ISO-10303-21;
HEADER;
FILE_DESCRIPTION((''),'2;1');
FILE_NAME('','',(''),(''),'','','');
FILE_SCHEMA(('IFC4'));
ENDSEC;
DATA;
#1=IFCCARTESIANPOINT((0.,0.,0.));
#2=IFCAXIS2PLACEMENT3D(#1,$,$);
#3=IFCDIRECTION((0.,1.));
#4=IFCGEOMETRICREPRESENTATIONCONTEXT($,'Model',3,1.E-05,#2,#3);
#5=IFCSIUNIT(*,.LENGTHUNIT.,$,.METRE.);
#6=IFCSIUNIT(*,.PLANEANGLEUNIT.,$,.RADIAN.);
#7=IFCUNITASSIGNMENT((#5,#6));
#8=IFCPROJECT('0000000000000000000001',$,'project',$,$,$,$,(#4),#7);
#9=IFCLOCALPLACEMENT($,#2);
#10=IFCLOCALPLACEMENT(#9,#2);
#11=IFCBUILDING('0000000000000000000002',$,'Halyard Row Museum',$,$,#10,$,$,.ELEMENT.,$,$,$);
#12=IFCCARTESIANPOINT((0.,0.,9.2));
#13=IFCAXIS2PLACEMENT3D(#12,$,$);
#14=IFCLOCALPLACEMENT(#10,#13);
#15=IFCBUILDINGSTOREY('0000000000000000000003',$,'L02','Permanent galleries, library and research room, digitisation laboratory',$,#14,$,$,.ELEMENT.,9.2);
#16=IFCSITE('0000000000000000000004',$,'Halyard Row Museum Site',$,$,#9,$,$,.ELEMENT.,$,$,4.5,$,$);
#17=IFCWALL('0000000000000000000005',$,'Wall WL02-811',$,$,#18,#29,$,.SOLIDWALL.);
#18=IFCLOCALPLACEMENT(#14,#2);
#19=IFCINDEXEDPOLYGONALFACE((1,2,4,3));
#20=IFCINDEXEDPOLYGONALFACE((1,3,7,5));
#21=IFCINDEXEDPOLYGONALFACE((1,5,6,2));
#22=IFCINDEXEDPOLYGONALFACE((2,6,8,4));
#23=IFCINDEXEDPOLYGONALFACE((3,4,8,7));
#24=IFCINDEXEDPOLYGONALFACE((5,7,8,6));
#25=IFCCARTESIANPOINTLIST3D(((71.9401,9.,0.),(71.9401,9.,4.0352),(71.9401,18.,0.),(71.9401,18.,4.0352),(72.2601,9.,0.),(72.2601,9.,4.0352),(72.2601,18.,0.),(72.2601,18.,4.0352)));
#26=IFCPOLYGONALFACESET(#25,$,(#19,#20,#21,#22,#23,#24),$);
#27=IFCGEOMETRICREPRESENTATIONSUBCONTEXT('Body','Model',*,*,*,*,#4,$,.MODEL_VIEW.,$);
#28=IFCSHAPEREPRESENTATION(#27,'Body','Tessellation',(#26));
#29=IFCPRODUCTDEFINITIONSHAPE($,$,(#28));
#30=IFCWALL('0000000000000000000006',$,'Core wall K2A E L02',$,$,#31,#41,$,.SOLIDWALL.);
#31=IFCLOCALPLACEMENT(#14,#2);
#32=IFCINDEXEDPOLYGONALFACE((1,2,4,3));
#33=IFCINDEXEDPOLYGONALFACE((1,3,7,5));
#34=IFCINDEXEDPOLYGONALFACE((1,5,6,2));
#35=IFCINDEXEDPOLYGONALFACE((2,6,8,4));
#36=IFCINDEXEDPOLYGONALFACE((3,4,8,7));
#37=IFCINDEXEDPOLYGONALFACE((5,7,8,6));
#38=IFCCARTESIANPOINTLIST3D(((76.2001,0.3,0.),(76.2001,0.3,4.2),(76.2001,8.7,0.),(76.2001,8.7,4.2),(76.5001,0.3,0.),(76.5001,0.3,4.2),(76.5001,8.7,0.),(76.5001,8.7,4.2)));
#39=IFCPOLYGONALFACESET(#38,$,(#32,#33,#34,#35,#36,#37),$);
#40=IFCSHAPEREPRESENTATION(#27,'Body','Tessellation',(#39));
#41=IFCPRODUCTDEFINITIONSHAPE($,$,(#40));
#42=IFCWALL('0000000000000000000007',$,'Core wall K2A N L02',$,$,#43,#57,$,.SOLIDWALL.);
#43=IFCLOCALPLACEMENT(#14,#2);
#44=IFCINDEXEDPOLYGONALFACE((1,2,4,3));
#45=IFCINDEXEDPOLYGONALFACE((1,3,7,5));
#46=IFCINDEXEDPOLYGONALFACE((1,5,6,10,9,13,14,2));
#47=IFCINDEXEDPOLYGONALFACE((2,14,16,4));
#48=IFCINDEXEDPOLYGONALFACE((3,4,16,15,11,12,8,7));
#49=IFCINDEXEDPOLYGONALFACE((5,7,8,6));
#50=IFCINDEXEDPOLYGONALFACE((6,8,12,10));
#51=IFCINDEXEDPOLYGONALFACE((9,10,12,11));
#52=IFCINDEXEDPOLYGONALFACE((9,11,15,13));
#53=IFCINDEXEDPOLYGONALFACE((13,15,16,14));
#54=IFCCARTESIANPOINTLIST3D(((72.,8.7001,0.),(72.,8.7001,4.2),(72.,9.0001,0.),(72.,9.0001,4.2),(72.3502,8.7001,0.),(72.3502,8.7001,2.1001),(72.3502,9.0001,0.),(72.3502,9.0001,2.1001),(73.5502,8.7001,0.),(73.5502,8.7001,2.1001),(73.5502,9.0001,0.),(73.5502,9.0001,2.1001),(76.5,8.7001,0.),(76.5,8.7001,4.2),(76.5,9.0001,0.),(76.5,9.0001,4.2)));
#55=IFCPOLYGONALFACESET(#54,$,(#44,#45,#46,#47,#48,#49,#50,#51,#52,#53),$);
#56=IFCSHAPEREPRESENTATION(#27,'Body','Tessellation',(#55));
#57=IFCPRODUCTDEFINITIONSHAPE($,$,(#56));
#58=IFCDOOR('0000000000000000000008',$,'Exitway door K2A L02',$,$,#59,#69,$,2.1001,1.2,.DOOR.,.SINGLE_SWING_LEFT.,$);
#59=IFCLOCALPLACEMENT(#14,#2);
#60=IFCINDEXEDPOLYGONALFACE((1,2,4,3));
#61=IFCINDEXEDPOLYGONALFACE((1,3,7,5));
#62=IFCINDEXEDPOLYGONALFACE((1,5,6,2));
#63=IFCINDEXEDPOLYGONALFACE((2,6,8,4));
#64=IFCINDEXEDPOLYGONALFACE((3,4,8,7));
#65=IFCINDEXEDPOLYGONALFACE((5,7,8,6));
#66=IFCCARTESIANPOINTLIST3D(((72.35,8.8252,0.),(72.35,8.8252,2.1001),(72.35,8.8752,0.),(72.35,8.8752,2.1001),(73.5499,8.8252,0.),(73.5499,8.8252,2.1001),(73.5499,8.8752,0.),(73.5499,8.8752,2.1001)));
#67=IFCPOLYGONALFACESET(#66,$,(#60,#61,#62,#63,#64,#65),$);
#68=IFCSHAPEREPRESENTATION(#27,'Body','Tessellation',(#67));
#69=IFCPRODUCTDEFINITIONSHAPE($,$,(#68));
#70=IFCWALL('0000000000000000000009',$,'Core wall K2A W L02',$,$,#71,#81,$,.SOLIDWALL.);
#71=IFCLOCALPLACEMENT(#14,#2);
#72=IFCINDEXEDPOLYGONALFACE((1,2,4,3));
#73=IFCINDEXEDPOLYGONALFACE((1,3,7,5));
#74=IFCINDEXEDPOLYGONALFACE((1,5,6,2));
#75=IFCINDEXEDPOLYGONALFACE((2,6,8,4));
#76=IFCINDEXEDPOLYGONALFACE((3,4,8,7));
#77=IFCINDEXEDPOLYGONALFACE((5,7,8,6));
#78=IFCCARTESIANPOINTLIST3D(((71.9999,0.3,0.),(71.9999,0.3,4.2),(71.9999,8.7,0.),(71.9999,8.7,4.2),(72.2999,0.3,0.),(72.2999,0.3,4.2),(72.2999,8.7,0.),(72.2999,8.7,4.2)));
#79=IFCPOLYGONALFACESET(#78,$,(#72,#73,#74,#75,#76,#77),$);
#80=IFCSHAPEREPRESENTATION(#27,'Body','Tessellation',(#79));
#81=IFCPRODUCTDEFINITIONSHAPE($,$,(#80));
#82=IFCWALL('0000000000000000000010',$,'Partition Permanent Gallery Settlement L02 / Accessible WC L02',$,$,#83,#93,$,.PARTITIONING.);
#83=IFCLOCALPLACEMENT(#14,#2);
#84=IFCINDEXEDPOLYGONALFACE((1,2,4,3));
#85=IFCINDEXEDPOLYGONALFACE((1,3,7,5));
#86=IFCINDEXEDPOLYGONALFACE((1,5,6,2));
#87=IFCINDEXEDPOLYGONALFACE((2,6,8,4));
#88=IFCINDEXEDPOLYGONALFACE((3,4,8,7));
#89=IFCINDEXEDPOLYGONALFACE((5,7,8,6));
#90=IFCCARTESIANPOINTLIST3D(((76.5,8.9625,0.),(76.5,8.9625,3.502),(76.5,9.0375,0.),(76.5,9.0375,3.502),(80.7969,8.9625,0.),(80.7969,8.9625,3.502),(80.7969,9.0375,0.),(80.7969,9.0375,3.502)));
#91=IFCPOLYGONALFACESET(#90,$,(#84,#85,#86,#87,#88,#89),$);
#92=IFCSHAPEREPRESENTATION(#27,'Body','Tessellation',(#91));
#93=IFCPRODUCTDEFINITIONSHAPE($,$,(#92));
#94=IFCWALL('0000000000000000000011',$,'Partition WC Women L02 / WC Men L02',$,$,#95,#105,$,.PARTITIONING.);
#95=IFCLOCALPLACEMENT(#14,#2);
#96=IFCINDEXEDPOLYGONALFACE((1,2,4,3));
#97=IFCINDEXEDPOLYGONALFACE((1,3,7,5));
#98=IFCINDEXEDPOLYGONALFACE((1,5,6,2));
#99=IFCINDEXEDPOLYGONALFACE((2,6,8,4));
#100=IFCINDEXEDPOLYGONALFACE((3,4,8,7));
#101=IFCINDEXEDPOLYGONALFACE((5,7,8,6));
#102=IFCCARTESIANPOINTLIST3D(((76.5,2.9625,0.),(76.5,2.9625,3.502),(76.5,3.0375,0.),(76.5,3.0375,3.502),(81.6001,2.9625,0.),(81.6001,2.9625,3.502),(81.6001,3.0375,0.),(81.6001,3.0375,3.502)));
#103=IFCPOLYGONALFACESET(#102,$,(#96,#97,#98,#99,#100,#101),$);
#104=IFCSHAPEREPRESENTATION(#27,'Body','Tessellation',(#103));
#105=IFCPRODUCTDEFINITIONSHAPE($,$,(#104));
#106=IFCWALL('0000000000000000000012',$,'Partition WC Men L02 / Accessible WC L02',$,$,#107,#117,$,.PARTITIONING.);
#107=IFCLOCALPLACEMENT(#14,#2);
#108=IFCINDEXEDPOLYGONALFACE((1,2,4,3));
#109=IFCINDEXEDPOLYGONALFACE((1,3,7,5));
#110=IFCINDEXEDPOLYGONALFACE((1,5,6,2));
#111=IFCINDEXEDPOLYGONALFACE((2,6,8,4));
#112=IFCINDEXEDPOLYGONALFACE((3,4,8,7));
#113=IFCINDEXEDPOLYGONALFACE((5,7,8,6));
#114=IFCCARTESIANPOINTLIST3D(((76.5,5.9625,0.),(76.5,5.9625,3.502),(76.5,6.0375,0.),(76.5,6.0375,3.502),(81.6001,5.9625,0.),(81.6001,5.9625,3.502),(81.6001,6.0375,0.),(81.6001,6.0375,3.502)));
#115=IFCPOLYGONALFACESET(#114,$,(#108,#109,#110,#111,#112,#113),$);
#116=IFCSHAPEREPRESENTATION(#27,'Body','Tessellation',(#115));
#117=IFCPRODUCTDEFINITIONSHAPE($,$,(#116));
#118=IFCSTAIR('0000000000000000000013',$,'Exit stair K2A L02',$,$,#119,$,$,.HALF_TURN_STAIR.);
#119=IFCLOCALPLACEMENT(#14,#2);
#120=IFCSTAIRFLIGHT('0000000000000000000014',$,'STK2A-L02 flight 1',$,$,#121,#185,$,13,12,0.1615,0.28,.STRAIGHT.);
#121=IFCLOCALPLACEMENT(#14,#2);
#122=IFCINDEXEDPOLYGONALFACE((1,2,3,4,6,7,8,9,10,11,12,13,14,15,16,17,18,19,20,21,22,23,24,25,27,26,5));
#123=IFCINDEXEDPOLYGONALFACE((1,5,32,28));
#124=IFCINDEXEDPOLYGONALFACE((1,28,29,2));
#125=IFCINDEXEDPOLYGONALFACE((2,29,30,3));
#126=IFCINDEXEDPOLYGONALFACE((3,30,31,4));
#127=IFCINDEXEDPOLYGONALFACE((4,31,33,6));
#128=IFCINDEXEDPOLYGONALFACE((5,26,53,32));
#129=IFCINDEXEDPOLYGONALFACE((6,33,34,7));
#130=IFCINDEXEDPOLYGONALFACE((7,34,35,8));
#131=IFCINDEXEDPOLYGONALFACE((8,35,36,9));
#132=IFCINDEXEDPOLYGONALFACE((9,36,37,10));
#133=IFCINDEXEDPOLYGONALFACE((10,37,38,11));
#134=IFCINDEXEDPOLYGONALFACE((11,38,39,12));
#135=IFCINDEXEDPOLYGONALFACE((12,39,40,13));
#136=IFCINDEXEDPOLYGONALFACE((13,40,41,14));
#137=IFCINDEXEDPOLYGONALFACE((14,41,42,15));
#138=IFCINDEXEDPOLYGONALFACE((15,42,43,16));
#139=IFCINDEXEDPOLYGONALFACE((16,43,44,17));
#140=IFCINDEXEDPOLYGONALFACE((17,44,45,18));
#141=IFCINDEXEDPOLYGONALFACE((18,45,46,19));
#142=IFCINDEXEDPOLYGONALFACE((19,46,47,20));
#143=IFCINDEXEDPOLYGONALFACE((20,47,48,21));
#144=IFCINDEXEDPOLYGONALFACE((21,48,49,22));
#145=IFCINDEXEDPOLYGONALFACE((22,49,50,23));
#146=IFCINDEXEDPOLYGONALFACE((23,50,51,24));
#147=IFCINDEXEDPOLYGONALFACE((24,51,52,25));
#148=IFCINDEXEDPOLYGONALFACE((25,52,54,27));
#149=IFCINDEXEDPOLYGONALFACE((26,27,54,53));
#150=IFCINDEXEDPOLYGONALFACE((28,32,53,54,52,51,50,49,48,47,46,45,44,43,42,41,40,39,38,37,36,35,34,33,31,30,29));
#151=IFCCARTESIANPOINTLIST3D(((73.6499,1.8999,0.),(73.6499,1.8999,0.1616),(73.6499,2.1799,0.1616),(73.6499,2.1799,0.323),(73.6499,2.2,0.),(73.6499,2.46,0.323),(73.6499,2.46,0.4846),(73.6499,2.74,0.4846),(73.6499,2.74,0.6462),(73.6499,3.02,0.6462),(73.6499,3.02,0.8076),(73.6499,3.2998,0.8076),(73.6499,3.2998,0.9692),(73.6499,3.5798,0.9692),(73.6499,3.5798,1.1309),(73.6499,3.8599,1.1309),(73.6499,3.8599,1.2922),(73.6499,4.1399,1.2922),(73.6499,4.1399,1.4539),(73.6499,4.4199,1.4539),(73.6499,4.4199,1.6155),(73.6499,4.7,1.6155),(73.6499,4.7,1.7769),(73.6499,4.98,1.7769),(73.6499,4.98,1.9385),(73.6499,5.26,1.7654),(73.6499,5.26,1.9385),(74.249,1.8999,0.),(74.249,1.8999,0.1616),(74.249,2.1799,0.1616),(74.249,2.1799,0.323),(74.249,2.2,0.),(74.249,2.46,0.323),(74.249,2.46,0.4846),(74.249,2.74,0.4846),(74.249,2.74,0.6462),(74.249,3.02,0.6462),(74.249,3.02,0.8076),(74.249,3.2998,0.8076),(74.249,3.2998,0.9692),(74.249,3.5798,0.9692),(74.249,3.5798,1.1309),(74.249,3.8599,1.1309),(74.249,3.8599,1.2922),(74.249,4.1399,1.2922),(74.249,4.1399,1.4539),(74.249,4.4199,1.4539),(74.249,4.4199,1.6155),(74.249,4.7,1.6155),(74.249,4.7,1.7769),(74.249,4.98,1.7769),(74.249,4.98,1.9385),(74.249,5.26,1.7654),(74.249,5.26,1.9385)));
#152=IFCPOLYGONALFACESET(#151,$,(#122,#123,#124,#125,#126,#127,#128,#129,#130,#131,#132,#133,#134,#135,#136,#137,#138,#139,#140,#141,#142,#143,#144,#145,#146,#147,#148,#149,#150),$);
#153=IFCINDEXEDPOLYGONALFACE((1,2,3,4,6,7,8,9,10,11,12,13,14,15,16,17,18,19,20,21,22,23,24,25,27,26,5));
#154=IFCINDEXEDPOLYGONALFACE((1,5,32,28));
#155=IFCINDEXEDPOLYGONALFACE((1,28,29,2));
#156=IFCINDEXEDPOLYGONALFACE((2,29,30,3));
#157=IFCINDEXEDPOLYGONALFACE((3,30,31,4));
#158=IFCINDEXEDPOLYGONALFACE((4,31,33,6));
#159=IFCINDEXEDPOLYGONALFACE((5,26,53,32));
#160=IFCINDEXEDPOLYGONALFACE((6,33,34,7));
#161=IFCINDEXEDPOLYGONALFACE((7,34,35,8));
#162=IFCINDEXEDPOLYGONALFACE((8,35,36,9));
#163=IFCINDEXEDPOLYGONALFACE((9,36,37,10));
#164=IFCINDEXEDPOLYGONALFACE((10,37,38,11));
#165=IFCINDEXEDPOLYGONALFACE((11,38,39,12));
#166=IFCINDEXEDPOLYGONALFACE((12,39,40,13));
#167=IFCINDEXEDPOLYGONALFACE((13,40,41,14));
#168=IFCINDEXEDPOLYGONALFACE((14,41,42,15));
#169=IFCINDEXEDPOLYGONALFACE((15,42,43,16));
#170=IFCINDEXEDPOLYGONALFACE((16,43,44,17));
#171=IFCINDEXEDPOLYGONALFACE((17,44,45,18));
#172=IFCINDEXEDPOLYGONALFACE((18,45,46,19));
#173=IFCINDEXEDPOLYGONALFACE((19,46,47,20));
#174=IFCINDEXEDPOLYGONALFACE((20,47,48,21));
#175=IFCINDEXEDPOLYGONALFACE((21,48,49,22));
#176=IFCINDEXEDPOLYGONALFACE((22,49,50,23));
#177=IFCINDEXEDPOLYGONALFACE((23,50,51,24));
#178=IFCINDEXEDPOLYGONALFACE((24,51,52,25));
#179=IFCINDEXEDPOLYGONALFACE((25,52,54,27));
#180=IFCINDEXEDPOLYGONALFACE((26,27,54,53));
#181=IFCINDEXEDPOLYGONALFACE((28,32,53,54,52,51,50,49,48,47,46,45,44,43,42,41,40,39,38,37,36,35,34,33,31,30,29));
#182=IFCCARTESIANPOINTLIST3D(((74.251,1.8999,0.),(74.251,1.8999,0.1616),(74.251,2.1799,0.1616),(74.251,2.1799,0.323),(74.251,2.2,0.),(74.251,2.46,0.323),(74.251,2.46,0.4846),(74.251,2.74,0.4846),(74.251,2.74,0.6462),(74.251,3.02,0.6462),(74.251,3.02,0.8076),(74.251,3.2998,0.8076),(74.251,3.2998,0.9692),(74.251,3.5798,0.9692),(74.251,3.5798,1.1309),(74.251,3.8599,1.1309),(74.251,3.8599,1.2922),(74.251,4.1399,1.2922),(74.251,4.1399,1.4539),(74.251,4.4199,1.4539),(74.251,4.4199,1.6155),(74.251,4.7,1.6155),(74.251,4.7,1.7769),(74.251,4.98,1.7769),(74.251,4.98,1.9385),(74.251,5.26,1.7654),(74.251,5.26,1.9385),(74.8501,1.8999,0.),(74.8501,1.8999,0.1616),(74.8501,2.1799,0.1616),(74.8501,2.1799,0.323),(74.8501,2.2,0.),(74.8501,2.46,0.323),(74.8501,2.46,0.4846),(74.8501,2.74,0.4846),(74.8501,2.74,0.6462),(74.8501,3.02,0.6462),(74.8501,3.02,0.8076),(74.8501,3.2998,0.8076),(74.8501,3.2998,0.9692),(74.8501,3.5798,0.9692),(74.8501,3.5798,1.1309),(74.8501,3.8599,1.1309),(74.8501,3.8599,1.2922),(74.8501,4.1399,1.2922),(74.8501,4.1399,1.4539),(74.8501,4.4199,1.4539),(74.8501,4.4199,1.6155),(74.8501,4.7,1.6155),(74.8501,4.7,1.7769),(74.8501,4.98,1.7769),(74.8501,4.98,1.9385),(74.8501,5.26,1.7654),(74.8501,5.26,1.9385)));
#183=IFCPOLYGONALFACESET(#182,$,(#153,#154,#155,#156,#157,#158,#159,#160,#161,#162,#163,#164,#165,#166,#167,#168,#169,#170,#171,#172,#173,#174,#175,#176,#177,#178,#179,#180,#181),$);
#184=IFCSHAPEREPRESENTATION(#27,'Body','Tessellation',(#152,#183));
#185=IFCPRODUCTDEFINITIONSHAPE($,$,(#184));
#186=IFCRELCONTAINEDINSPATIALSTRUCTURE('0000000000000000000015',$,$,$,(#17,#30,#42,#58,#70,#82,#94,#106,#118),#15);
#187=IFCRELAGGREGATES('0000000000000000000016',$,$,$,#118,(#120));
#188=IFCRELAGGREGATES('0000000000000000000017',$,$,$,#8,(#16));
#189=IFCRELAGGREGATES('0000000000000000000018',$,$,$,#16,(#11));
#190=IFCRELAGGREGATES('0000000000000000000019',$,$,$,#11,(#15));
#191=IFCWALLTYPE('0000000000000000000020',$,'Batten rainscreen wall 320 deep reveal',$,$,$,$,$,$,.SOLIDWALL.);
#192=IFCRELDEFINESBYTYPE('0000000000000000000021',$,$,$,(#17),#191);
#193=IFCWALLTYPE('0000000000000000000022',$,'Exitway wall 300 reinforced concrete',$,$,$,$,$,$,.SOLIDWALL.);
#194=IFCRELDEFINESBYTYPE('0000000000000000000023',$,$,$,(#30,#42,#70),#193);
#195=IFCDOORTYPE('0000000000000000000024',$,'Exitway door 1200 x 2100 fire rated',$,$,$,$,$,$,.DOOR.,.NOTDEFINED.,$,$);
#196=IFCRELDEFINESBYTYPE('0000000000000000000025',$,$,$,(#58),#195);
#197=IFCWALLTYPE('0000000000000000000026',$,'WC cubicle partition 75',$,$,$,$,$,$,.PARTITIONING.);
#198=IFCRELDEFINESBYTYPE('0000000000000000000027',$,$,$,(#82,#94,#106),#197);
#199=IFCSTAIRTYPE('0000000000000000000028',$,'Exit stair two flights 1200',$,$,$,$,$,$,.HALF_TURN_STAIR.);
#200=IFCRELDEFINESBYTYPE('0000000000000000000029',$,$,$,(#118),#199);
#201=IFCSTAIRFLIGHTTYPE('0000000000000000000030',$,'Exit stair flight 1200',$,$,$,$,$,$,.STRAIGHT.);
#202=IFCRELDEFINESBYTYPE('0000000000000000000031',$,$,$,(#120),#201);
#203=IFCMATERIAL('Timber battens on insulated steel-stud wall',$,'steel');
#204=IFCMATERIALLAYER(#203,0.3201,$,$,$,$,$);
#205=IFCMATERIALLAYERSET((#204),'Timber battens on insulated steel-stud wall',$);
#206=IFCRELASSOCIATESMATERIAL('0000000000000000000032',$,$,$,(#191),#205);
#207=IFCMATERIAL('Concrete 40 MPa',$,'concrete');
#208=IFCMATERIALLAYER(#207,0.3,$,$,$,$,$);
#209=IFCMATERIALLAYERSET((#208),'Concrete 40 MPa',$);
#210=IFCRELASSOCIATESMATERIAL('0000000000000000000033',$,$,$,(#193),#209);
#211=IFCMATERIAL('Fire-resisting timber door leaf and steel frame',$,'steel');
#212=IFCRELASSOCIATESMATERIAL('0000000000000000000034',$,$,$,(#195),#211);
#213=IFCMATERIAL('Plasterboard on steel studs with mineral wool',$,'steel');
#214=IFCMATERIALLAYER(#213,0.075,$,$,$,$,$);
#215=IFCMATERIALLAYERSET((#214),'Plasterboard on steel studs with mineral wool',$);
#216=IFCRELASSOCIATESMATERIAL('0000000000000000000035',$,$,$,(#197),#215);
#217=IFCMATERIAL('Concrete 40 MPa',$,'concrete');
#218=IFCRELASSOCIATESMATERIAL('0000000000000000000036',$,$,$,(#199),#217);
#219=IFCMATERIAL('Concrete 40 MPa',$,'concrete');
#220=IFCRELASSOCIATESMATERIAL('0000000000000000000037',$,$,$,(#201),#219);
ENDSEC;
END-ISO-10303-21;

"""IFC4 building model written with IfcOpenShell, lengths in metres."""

from ifc_helpers import new_model, si_unit, direction, frame, frame_2d, origin, place, context, subcontext, project, spatial, polyline, rectangle, outline, extrude, material, layer, layer_set, type_object, element, fill, aggregate, save


model = new_model("IFC4")

# Units and contexts
model_context = context("Model", 3, precision=1e-05, world=origin(), true_north=direction((0.0, 1.0)))
body_context = subcontext(model_context, "Body", "Model", "MODEL_VIEW")
ifc_project = project(units=[si_unit("LENGTHUNIT", "METRE"), si_unit("PLANEANGLEUNIT", "RADIAN")], contexts=[model_context])

# Site, building, storey
site_placement = place(None, origin())
site = spatial("IfcSite", under=ifc_project, at=site_placement, Name="Halyard Row Museum Site", CompositionType="ELEMENT", RefElevation=4.5)
building_placement = place(site_placement, origin())
building = spatial("IfcBuilding", under=site, at=building_placement, Name="Halyard Row Museum", CompositionType="ELEMENT")
storey_placement = place(building_placement, frame((0.0, 0.0, 9.2)))
storey = spatial("IfcBuildingStorey", under=building, at=storey_placement, Name="L02", Description="Permanent galleries, library and research room, digitisation laboratory", CompositionType="ELEMENT", Elevation=9.2)

# Walls
ifc_material_1 = material(Name="Timber battens on insulated steel-stud wall", Category="steel")
ifc_layer_1 = layer(ifc_material_1, 0.3201)
ifc_layer_set_1 = layer_set([ifc_layer_1], Name="Timber battens on insulated steel-stud wall")
wall_type_1 = type_object("IfcWallType", Name="Batten rainscreen wall 320 deep reveal", PredefinedType="SOLIDWALL", material=ifc_layer_set_1)
wall_1_placement = place(storey_placement, frame((72.1001, 9.0, 0.0), z_axis=(0.0, 0.0, 1.0), x_axis=(0.0, 1.0, 0.0)))
element("IfcWall", 1, at=wall_1_placement, inside=storey, type_object=wall_type_1, Name="Wall WL02-811", PredefinedType="SOLIDWALL", context=body_context, shape_type="SweptSolid", body=[
    extrude(rectangle(XDim=9.0, YDim=0.3201, at=frame_2d((4.5, 0.0))), origin(), (0.0, 0.0, 1.0), 4.0352),
])
ifc_material_2 = material(Name="Concrete 40 MPa", Category="concrete")
ifc_layer_2 = layer(ifc_material_2, 0.3)
ifc_layer_set_2 = layer_set([ifc_layer_2], Name="Concrete 40 MPa")
wall_type_2 = type_object("IfcWallType", Name="Exitway wall 300 reinforced concrete", PredefinedType="SOLIDWALL", material=ifc_layer_set_2)
wall_2_placement = place(storey_placement, frame((76.3501, 0.3, 0.0), z_axis=(0.0, 0.0, 1.0), x_axis=(0.0, 1.0, 0.0)))
element("IfcWall", 2, at=wall_2_placement, inside=storey, type_object=wall_type_2, Name="Core wall K2A E L02", PredefinedType="SOLIDWALL", context=body_context, shape_type="SweptSolid", body=[
    extrude(rectangle(XDim=8.3999, YDim=0.3, at=frame_2d((4.2, 0.0))), origin(), (0.0, 0.0, 1.0), 4.2),
])

# Wall, opening, door
wall_3_placement = place(storey_placement, frame((72.0, 8.8501, 0.0), z_axis=(0.0, 0.0, 1.0), x_axis=(1.0, 0.0, 0.0)))
wall_3 = element("IfcWall", 3, at=wall_3_placement, inside=storey, type_object=wall_type_2, Name="Core wall K2A N L02", PredefinedType="SOLIDWALL", context=body_context, shape_type="SweptSolid", body=[
    extrude(rectangle(XDim=4.5, YDim=0.3, at=frame_2d((2.25, 0.0))), origin(), (0.0, 0.0, 1.0), 4.2),
])
opening_placement = place(wall_3_placement, frame((0.3501, 0.0, 0.0)))
opening = element("IfcOpeningElement", 4, at=opening_placement, cuts=wall_3, PredefinedType="OPENING", context=body_context, shape_type="SweptSolid", body=[
    extrude(rectangle(XDim=1.2, YDim=2.1001, at=frame_2d((0.6001, 1.05))), frame((0.0, 0.1599, 0.0), z_axis=(0.0, -1.0, 0.0), x_axis=(1.0, 0.0, 0.0)), (0.0, 0.0, 1.0), 0.3201),
])
ifc_material_3 = material(Name="Fire-resisting timber door leaf and steel frame", Category="steel")
door_type = type_object("IfcDoorType", Name="Exitway door 1200 x 2100 fire rated", OperationType="NOTDEFINED", PredefinedType="DOOR", material=ifc_material_3)
door_placement = place(opening_placement, frame((1.2, 0.0, 0.0), z_axis=(0.0, 0.0, 1.0), x_axis=(-1.0, 0.0, 0.0)))
door = element("IfcDoor", 5, at=door_placement, inside=storey, type_object=door_type, Name="Exitway door K2A L02", OperationType="SINGLE_SWING_LEFT", OverallHeight=2.1001, OverallWidth=1.2, PredefinedType="DOOR", context=body_context, shape_type="SweptSolid", body=[
    extrude(rectangle(XDim=1.2, YDim=2.1001, at=frame_2d((0.6001, 1.05))), frame((0.0, 0.0249, 0.0), z_axis=(0.0, -1.0, 0.0), x_axis=(1.0, 0.0, 0.0)), (0.0, 0.0, 1.0), 0.05),
])
fill(opening, door)

# Walls
wall_4_placement = place(storey_placement, frame((72.1499, 0.3, 0.0), z_axis=(0.0, 0.0, 1.0), x_axis=(0.0, 1.0, 0.0)))
element("IfcWall", 6, at=wall_4_placement, inside=storey, type_object=wall_type_2, Name="Core wall K2A W L02", PredefinedType="SOLIDWALL", context=body_context, shape_type="SweptSolid", body=[
    extrude(rectangle(XDim=8.3999, YDim=0.3, at=frame_2d((4.2, 0.0))), origin(), (0.0, 0.0, 1.0), 4.2),
])
ifc_material_4 = material(Name="Plasterboard on steel studs with mineral wool", Category="steel")
ifc_layer_3 = layer(ifc_material_4, 0.075)
ifc_layer_set_3 = layer_set([ifc_layer_3], Name="Plasterboard on steel studs with mineral wool")
wall_type_3 = type_object("IfcWallType", Name="WC cubicle partition 75", PredefinedType="PARTITIONING", material=ifc_layer_set_3)
wall_5_placement = place(storey_placement, frame((76.5, 9.0, 0.0), z_axis=(0.0, 0.0, 1.0), x_axis=(1.0, 0.0, 0.0)))
element("IfcWall", 7, at=wall_5_placement, inside=storey, type_object=wall_type_3, Name="Partition Permanent Gallery Settlement L02 / Accessible WC L02", PredefinedType="PARTITIONING", context=body_context, shape_type="SweptSolid", body=[
    extrude(rectangle(XDim=4.2969, YDim=0.075, at=frame_2d((2.1484, 0.0))), origin(), (0.0, 0.0, 1.0), 3.502),
])
for number, where, z_axis, x_axis, name in (
    (8, (76.5, 3.0, 0.0), (0.0, 0.0, 1.0), (1.0, 0.0, 0.0), "Partition WC Women L02 / WC Men L02"),
    (9, (76.5, 6.0, 0.0), (0.0, 0.0, 1.0), (1.0, 0.0, 0.0), "Partition WC Men L02 / Accessible WC L02"),
):
    element("IfcWall", number, at=place(storey_placement, frame(where, z_axis=z_axis, x_axis=x_axis)), inside=storey, type_object=wall_type_3, Name=name, PredefinedType="PARTITIONING", context=body_context, shape_type="SweptSolid", body=[
        extrude(rectangle(XDim=5.1001, YDim=0.075, at=frame_2d((2.55, 0.0))), origin(), (0.0, 0.0, 1.0), 3.502),
    ])

# Stair, stair flight
ifc_material_5 = material(Name="Concrete 40 MPa", Category="concrete")
stair_type = type_object("IfcStairType", Name="Exit stair two flights 1200", PredefinedType="HALF_TURN_STAIR", material=ifc_material_5)
stair_placement = place(storey_placement, origin())
stair = element("IfcStair", 10, at=stair_placement, inside=storey, type_object=stair_type, Name="Exit stair K2A L02", PredefinedType="HALF_TURN_STAIR")
ifc_material_6 = material(Name="Concrete 40 MPa", Category="concrete")
stair_flight_type = type_object("IfcStairFlightType", Name="Exit stair flight 1200", PredefinedType="STRAIGHT", material=ifc_material_6)
stair_flight_1_placement = place(storey_placement, frame((74.25, 1.8999, 0.0), z_axis=(0.0, 0.0, 1.0), x_axis=(0.0, 1.0, 0.0)))
stair_flight_1 = element("IfcStairFlight", 11, at=stair_flight_1_placement, type_object=stair_flight_type, Name="STK2A-L02 flight 1", NumberOfRisers=13, NumberOfTreads=12, PredefinedType="STRAIGHT", RiserHeight=0.1615, TreadLength=0.28, context=body_context, shape_type="SweptSolid", body=[
    extrude(outline(polyline([(0.0, 0.0), (0.0, 0.1616), (0.28, 0.1616), (0.28, 0.323), (0.5601, 0.323), (0.5601, 0.4846), (0.8401, 0.4846), (0.8401, 0.6462), (1.1201, 0.6462), (1.1201, 0.8076), (1.3999, 0.8076), (1.3999, 0.9692), (1.6799, 0.9692), (1.6799, 1.1309), (1.96, 1.1309), (1.96, 1.2922), (2.24, 1.2922), (2.24, 1.4539), (2.52, 1.4539), (2.52, 1.6155), (2.8, 1.6155), (2.8, 1.7769), (3.0801, 1.7769), (3.0801, 1.9385), (3.3601, 1.9385), (3.3601, 2.1001), (3.3601, 1.7654), (0.3, 0.0), (0.0, 0.0)])), frame((0.0, 0.6001, 0.0), z_axis=(0.0, -1.0, 0.0), x_axis=(1.0, 0.0, 0.0)), (0.0, 0.0, 1.0), 0.5991),
    extrude(outline(polyline([(0.0, 0.0), (0.0, 0.1616), (0.28, 0.1616), (0.28, 0.323), (0.5601, 0.323), (0.5601, 0.4846), (0.8401, 0.4846), (0.8401, 0.6462), (1.1201, 0.6462), (1.1201, 0.8076), (1.3999, 0.8076), (1.3999, 0.9692), (1.6799, 0.9692), (1.6799, 1.1309), (1.96, 1.1309), (1.96, 1.2922), (2.24, 1.2922), (2.24, 1.4539), (2.52, 1.4539), (2.52, 1.6155), (2.8, 1.6155), (2.8, 1.7769), (3.0801, 1.7769), (3.0801, 1.9385), (3.3601, 1.9385), (3.3601, 2.1001), (3.3601, 1.7654), (0.3, 0.0), (0.0, 0.0)])), frame((0.0, -0.001, 0.0), z_axis=(0.0, -1.0, 0.0), x_axis=(1.0, 0.0, 0.0)), (0.0, 0.0, 1.0), 0.5991),
])
aggregate(stair, [stair_flight_1])

save(model, "model.ifc")
